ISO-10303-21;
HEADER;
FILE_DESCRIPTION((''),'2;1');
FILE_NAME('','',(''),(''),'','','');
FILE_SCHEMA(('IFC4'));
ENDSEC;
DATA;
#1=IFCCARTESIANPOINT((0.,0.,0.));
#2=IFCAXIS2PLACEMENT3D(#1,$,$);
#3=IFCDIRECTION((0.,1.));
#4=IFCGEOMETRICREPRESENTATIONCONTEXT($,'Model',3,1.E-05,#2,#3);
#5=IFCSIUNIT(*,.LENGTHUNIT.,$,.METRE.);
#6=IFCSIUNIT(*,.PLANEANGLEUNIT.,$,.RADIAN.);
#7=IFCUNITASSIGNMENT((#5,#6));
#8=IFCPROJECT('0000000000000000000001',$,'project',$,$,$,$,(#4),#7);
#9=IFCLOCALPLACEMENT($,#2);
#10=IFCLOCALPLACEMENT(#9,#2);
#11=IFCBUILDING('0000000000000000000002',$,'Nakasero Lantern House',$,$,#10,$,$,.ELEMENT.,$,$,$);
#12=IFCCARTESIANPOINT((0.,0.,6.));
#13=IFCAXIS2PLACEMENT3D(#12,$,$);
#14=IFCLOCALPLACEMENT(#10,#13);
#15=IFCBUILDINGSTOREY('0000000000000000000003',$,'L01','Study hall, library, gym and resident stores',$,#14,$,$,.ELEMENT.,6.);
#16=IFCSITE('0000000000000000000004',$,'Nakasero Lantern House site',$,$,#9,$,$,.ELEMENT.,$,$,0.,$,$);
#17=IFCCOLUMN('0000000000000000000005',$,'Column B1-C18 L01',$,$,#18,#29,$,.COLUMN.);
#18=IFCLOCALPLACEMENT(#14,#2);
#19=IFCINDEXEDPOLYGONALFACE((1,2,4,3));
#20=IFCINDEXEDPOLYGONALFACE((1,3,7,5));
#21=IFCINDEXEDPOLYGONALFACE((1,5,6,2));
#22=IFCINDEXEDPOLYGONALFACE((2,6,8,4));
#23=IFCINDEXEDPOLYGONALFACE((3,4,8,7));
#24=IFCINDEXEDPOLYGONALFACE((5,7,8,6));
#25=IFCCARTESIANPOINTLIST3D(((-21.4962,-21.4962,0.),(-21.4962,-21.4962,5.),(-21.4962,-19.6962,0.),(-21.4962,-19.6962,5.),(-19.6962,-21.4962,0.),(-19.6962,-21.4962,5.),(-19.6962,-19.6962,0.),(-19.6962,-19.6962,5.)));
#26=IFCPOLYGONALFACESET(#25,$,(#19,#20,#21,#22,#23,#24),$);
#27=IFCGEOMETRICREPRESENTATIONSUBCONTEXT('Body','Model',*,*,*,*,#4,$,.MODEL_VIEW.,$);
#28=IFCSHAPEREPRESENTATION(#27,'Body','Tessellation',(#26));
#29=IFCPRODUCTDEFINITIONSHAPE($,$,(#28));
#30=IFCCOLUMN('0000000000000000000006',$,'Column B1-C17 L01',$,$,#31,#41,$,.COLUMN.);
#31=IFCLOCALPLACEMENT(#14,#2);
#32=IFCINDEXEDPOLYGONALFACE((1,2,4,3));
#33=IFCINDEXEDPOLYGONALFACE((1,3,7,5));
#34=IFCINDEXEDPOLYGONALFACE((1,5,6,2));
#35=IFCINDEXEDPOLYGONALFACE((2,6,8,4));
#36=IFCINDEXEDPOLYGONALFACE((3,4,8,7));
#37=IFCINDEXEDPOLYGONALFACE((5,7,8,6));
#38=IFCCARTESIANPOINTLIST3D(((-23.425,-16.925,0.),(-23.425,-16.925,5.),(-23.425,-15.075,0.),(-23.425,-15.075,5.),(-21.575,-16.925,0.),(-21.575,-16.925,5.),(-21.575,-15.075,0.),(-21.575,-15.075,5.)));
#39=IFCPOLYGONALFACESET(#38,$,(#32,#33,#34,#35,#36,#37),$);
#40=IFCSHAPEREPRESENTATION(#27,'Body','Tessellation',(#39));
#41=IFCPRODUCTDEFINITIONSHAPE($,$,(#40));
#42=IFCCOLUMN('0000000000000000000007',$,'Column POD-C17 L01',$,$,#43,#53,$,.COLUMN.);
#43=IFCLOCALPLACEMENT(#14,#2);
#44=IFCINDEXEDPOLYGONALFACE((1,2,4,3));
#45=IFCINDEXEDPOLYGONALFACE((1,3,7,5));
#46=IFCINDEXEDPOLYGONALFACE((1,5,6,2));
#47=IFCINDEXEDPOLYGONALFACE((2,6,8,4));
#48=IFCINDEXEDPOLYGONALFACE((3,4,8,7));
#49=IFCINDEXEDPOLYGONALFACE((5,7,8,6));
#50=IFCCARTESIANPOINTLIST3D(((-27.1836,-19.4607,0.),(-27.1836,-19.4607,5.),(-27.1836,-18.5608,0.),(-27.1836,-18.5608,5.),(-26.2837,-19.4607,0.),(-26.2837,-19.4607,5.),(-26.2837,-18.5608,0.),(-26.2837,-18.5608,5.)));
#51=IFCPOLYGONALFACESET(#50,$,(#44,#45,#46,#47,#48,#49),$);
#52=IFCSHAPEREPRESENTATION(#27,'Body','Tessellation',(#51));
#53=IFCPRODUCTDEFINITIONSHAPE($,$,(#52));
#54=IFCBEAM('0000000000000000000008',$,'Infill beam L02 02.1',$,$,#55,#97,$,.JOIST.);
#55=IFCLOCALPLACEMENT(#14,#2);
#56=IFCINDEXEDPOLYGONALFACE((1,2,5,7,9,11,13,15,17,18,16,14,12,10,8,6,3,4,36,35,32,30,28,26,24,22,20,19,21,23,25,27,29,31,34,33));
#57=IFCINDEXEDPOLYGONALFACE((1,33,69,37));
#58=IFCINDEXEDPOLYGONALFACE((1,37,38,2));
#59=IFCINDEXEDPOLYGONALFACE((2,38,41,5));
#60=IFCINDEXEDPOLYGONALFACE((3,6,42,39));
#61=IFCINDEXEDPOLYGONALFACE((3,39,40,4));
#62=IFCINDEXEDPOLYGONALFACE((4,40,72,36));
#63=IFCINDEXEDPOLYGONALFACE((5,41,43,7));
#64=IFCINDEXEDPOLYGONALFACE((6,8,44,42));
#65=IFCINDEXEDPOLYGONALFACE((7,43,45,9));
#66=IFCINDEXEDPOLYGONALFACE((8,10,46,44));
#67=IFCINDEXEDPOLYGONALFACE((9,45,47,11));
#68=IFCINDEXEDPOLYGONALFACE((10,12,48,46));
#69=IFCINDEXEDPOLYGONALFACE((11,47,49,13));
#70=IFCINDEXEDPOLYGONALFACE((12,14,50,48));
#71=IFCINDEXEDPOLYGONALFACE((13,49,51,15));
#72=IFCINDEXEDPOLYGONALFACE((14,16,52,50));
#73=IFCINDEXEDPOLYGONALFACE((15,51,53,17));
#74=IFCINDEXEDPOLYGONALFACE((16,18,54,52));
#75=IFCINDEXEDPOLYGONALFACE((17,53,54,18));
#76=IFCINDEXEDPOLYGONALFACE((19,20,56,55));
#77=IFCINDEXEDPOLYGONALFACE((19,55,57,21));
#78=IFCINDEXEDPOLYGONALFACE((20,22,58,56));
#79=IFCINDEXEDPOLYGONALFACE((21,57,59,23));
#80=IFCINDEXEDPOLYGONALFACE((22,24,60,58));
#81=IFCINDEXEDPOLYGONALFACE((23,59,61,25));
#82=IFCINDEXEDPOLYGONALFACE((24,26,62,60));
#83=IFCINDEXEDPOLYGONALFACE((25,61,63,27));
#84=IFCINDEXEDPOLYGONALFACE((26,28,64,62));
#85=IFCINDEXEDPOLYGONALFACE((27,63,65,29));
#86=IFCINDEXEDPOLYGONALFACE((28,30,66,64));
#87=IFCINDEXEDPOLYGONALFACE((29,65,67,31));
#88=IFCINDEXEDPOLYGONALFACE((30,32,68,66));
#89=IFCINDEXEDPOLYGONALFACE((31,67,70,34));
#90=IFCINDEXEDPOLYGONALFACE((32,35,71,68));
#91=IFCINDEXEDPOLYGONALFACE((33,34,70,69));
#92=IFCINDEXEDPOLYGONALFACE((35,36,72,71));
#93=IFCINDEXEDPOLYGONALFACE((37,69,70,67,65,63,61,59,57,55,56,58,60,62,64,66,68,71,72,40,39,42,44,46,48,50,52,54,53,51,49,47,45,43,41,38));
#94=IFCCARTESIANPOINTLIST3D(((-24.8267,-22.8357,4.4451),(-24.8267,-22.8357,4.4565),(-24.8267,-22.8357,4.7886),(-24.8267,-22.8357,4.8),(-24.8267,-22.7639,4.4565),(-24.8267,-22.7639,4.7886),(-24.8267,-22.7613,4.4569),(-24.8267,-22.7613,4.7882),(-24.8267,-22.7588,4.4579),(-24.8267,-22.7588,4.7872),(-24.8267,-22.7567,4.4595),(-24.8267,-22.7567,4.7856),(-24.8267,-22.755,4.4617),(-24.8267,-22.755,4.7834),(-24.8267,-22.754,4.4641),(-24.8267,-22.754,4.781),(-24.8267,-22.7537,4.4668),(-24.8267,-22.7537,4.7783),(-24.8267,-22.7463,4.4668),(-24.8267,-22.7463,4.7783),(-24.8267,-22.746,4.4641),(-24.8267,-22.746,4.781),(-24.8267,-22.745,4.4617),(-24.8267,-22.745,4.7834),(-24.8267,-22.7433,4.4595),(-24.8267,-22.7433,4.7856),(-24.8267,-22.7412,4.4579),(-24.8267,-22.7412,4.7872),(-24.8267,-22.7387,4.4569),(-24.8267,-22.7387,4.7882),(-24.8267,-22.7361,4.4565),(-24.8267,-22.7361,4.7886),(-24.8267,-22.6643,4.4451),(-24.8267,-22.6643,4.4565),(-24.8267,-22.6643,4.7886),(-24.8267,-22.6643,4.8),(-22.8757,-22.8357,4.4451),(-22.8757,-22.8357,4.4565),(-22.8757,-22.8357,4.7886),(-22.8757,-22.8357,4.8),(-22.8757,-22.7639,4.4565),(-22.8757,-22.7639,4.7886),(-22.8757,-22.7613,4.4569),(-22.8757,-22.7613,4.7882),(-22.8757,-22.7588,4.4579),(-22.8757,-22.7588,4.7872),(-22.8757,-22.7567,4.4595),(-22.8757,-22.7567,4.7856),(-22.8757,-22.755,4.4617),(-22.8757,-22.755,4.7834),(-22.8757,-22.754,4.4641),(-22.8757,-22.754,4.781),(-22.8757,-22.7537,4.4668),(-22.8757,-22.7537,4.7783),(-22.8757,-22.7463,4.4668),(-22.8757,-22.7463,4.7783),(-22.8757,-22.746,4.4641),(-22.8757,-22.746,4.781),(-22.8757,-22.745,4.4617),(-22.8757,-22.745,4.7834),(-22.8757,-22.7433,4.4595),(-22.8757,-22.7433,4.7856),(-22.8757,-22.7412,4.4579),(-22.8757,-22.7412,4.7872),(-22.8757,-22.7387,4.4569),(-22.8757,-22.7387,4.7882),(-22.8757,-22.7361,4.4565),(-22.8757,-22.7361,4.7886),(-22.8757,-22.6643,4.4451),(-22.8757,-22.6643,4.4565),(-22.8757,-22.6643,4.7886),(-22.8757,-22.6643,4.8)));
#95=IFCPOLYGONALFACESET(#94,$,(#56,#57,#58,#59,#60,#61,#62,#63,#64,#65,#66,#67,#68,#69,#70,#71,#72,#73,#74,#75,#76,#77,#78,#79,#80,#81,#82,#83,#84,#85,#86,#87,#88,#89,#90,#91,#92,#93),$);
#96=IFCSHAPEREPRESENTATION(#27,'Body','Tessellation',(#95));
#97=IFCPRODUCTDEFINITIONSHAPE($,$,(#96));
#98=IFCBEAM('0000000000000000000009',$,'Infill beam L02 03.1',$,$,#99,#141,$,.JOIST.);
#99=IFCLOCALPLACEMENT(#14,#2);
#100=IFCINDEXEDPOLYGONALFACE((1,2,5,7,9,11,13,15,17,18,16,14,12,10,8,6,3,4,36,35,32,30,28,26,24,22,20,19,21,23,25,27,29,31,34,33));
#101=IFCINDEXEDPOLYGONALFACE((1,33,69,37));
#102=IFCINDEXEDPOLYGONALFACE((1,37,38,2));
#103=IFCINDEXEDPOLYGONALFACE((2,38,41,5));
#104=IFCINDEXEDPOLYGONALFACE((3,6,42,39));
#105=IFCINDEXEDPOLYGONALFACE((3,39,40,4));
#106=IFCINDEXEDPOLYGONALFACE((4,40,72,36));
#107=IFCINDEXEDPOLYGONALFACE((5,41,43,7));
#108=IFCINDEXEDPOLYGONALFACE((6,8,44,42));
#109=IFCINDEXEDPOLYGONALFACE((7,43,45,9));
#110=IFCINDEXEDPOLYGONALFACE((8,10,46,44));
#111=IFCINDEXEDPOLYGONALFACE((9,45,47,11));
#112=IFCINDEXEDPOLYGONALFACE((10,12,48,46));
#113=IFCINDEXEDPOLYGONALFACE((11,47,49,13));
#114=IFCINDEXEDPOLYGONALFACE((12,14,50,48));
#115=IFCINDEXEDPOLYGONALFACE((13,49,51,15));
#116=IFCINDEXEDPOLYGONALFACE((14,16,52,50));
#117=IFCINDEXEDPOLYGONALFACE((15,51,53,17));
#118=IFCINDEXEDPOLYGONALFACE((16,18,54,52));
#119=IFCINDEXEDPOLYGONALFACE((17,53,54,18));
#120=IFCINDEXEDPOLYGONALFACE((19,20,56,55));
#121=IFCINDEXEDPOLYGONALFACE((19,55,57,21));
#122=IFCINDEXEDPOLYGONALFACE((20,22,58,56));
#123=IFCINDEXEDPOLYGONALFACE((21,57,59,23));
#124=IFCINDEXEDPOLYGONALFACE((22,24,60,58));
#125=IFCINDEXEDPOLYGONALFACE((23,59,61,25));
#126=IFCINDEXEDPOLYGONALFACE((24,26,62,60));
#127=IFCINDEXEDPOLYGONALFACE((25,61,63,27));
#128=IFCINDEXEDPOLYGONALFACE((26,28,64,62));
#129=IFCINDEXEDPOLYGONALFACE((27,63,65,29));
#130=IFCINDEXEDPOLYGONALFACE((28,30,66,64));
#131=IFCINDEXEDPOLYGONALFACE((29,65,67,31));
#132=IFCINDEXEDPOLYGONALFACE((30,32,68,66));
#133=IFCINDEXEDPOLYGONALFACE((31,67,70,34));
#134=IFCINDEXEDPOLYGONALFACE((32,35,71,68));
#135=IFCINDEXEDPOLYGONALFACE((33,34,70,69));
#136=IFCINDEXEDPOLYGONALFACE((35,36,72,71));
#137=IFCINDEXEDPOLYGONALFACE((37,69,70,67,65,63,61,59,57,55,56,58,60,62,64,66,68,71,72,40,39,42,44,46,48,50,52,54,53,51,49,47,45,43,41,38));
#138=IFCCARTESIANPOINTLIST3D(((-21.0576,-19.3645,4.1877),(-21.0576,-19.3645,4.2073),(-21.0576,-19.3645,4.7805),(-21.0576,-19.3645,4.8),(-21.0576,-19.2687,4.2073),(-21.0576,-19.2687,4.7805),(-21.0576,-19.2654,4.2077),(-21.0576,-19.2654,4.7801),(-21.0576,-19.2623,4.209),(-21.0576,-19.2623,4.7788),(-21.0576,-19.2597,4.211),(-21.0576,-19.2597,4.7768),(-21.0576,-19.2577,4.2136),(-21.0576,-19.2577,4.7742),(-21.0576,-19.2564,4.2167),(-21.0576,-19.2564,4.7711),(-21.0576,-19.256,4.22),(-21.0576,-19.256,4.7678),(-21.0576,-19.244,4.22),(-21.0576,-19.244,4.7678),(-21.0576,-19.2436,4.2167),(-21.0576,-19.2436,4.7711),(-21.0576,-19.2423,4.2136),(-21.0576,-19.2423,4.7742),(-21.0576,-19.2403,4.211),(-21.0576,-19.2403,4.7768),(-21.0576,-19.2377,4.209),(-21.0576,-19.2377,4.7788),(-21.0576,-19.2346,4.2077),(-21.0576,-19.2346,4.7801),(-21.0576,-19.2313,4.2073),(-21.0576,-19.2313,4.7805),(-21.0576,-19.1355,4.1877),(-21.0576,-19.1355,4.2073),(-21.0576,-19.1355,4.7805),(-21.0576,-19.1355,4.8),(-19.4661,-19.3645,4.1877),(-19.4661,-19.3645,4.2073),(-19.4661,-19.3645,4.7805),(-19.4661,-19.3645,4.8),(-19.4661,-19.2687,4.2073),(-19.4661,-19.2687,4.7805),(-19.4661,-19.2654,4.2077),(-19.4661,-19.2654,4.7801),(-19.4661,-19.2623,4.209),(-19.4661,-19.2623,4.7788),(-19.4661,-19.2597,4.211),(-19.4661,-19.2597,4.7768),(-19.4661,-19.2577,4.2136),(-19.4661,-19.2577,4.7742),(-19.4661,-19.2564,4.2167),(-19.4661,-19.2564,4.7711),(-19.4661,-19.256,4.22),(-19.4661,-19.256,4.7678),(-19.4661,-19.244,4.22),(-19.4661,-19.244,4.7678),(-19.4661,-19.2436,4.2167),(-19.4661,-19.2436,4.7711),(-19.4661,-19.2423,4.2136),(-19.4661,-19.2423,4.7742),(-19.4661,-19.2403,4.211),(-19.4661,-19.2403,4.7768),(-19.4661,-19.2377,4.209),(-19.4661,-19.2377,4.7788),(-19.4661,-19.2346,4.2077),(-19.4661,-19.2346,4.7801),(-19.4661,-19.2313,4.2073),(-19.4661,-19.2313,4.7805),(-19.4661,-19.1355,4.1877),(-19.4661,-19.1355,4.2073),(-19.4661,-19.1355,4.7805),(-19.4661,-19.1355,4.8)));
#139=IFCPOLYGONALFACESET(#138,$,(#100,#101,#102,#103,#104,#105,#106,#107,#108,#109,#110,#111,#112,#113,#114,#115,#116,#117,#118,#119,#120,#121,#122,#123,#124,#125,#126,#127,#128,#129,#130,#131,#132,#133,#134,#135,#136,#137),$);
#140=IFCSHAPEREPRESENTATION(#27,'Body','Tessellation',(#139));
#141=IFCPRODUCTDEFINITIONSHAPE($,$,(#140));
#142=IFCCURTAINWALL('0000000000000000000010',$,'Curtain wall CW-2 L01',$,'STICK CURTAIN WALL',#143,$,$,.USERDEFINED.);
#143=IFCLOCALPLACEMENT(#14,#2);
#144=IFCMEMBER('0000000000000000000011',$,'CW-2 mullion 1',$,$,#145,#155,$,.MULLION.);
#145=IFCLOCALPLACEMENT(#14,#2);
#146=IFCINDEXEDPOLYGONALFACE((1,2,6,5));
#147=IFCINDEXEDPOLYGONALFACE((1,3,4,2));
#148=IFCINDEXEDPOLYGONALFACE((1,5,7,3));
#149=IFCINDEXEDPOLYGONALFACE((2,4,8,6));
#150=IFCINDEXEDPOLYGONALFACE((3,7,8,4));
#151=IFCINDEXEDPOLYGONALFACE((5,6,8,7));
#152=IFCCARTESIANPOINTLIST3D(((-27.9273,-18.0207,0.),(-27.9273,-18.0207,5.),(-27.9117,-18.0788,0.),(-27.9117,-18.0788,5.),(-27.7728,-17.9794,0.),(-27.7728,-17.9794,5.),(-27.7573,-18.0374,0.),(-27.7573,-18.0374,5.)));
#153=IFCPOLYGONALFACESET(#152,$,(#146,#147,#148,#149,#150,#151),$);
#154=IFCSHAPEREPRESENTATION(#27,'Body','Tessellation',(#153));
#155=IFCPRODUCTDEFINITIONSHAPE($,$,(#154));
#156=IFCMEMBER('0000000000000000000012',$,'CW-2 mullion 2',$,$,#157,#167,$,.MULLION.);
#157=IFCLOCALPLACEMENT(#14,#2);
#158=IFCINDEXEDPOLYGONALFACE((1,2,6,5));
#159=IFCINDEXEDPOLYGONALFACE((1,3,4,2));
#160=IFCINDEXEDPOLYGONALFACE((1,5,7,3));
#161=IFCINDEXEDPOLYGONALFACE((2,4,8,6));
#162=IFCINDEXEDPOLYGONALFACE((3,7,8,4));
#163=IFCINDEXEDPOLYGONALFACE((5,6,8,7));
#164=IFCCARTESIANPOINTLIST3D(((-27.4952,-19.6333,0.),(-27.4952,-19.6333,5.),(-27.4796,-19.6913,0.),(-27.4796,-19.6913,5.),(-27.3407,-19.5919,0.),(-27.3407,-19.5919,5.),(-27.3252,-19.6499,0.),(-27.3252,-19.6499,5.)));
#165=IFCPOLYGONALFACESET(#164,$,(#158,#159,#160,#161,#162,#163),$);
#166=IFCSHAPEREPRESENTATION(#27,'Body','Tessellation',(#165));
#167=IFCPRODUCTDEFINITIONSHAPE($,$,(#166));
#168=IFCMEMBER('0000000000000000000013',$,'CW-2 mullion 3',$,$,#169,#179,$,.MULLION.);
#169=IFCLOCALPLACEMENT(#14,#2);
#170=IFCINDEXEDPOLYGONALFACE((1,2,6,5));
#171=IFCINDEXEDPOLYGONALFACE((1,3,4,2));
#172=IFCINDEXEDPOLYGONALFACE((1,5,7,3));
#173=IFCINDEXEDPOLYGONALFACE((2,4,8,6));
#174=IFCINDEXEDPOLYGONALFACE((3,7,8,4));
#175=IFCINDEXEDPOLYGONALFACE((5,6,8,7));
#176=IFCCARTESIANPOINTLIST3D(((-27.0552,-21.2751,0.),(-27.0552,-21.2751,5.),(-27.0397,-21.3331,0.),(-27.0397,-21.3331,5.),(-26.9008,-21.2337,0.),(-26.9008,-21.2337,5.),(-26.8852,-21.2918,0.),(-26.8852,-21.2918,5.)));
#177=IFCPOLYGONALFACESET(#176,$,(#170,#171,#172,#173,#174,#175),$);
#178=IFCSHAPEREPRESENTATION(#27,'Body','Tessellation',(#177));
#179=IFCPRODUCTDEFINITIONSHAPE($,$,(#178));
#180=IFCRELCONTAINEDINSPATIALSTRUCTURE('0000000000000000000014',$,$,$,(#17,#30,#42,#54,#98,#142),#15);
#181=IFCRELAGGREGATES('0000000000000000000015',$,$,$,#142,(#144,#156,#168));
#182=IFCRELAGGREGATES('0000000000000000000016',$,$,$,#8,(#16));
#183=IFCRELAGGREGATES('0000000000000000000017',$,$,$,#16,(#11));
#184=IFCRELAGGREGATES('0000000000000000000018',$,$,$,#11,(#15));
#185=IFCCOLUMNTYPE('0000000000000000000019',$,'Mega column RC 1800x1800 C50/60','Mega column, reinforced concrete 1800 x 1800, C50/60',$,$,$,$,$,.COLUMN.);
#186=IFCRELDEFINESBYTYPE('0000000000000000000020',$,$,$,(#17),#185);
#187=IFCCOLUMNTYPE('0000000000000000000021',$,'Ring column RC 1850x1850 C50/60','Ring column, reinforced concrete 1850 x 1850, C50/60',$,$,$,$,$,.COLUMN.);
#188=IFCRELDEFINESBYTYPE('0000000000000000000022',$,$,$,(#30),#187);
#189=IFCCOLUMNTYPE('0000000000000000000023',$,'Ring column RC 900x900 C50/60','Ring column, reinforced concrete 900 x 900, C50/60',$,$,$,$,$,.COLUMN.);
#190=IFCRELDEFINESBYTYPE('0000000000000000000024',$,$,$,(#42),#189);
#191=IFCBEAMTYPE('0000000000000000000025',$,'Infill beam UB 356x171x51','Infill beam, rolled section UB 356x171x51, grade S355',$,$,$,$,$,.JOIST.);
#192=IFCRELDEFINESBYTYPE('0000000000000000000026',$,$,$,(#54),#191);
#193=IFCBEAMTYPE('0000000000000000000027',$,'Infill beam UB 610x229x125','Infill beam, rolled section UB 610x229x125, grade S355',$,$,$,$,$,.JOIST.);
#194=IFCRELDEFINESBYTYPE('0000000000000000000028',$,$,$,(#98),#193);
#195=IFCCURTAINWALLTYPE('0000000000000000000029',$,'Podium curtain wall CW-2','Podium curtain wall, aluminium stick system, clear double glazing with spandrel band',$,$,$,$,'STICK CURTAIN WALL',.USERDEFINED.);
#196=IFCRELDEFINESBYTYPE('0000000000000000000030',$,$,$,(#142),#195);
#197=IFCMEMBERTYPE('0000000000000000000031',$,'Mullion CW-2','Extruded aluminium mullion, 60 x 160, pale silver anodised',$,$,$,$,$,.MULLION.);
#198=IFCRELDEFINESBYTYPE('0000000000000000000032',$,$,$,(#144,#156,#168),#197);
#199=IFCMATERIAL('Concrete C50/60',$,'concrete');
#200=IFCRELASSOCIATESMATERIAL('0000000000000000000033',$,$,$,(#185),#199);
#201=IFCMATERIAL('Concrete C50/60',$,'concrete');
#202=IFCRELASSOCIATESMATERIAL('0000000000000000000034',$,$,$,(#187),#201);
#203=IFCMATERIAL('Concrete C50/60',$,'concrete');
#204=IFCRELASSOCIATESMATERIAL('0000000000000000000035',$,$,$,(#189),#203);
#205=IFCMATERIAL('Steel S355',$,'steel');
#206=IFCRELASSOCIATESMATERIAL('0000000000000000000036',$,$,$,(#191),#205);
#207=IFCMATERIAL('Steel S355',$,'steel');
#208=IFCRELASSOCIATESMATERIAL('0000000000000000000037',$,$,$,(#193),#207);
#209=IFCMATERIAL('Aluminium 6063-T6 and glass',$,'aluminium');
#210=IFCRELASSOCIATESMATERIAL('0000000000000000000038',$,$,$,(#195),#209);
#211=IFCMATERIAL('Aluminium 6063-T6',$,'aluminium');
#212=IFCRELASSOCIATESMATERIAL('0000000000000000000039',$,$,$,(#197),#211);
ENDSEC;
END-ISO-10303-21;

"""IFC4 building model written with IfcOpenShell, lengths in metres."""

from ifc_helpers import new_model, si_unit, direction, frame, origin, origin_2d, place, context, subcontext, project, spatial, rectangle, i_section, extrude, material, material_profile, profile_set, type_object, element, aggregate, save


model = new_model("IFC4")

# Units and contexts
model_context = context("Model", 3, precision=1e-05, world=origin(), true_north=direction((0.0, 1.0)))
body_context = subcontext(model_context, "Body", "Model", "MODEL_VIEW")
ifc_project = project(units=[si_unit("LENGTHUNIT", "METRE"), si_unit("PLANEANGLEUNIT", "RADIAN")], contexts=[model_context])

# Site, building, storey
site_placement = place(None, origin())
site = spatial("IfcSite", under=ifc_project, at=site_placement, Name="Nakasero Lantern House site", CompositionType="ELEMENT", RefElevation=0.0)
building_placement = place(site_placement, origin())
building = spatial("IfcBuilding", under=site, at=building_placement, Name="Nakasero Lantern House", CompositionType="ELEMENT")
storey_placement = place(building_placement, frame((0.0, 0.0, 6.0)))
storey = spatial("IfcBuildingStorey", under=building, at=storey_placement, Name="L01", Description="Study hall, library, gym and resident stores", CompositionType="ELEMENT", Elevation=6.0)

# Columns
ifc_material_1 = material(Name="Concrete C50/60", Category="concrete")
ifc_material_profile_1 = material_profile(ifc_material_1, rectangle(XDim=1.8, YDim=1.8, at=origin_2d()), Name="RC 1800x1800")
ifc_profile_set_1 = profile_set([ifc_material_profile_1], Name="Concrete C50/60")
column_type_1 = type_object("IfcColumnType", Name="Mega column RC 1800x1800 C50/60", Description="Mega column, reinforced concrete 1800 x 1800, C50/60", PredefinedType="COLUMN", material=ifc_profile_set_1)
column_1_placement = place(storey_placement, frame((-20.5962, -20.5962, 0.0), z_axis=(0.0, 0.0, 1.0), x_axis=(1.0, 0.0, 0.0)))
element("IfcColumn", 1, at=column_1_placement, inside=storey, type_object=column_type_1, Name="Column B1-C18 L01", PredefinedType="COLUMN", context=body_context, shape_type="SweptSolid", body=[
    extrude(rectangle(XDim=1.8, YDim=1.8, at=origin_2d()), origin(), (0.0, 0.0, 1.0), 5.0),
])
ifc_material_2 = material(Name="Concrete C50/60", Category="concrete")
ifc_material_profile_2 = material_profile(ifc_material_2, rectangle(XDim=1.8501, YDim=1.8501, at=origin_2d()), Name="RC 1850x1850")
ifc_profile_set_2 = profile_set([ifc_material_profile_2], Name="Concrete C50/60")
column_type_2 = type_object("IfcColumnType", Name="Ring column RC 1850x1850 C50/60", Description="Ring column, reinforced concrete 1850 x 1850, C50/60", PredefinedType="COLUMN", material=ifc_profile_set_2)
column_2_placement = place(storey_placement, frame((-22.5, -16.0, 0.0), z_axis=(0.0, 0.0, 1.0), x_axis=(1.0, 0.0, 0.0)))
element("IfcColumn", 2, at=column_2_placement, inside=storey, type_object=column_type_2, Name="Column B1-C17 L01", PredefinedType="COLUMN", context=body_context, shape_type="SweptSolid", body=[
    extrude(rectangle(XDim=1.8501, YDim=1.8501, at=origin_2d()), origin(), (0.0, 0.0, 1.0), 5.0),
])
ifc_material_3 = material(Name="Concrete C50/60", Category="concrete")
ifc_material_profile_3 = material_profile(ifc_material_3, rectangle(XDim=0.8999, YDim=0.8999, at=origin_2d()), Name="RC 900x900")
ifc_profile_set_3 = profile_set([ifc_material_profile_3], Name="Concrete C50/60")
column_type_3 = type_object("IfcColumnType", Name="Ring column RC 900x900 C50/60", Description="Ring column, reinforced concrete 900 x 900, C50/60", PredefinedType="COLUMN", material=ifc_profile_set_3)
column_3_placement = place(storey_placement, frame((-26.7336, -19.0107, 0.0), z_axis=(0.0, 0.0, 1.0), x_axis=(1.0, 0.0, 0.0)))
element("IfcColumn", 3, at=column_3_placement, inside=storey, type_object=column_type_3, Name="Column POD-C17 L01", PredefinedType="COLUMN", context=body_context, shape_type="SweptSolid", body=[
    extrude(rectangle(XDim=0.8999, YDim=0.8999, at=origin_2d()), origin(), (0.0, 0.0, 1.0), 5.0),
])

# Beams
ifc_material_4 = material(Name="Steel S355", Category="steel")
ifc_material_profile_4 = material_profile(ifc_material_4, i_section(OverallWidth=0.1714, OverallDepth=0.355, WebThickness=0.0073, FlangeThickness=0.0115, FilletRadius=0.0103, at=origin_2d()), Name="UB 356x171x51")
ifc_profile_set_4 = profile_set([ifc_material_profile_4], Name="Steel S355")
beam_type_1 = type_object("IfcBeamType", Name="Infill beam UB 356x171x51", Description="Infill beam, rolled section UB 356x171x51, grade S355", PredefinedType="JOIST", material=ifc_profile_set_4)
beam_1_placement = place(storey_placement, frame((-24.8267, -22.75, 4.6226), z_axis=(1.0, 0.0, 0.0), x_axis=(0.0, 1.0, 0.0)))
element("IfcBeam", 4, at=beam_1_placement, inside=storey, type_object=beam_type_1, Name="Infill beam L02 02.1", PredefinedType="JOIST", context=body_context, shape_type="SweptSolid", body=[
    extrude(i_section(OverallWidth=0.1714, OverallDepth=0.355, WebThickness=0.0073, FlangeThickness=0.0115, FilletRadius=0.0103, at=origin_2d()), origin(), (0.0, 0.0, 1.0), 1.9509),
])
ifc_material_5 = material(Name="Steel S355", Category="steel")
ifc_material_profile_5 = material_profile(ifc_material_5, i_section(OverallWidth=0.229, OverallDepth=0.6123, WebThickness=0.012, FlangeThickness=0.0195, FilletRadius=0.0127, at=origin_2d()), Name="UB 610x229x125")
ifc_profile_set_5 = profile_set([ifc_material_profile_5], Name="Steel S355")
beam_type_2 = type_object("IfcBeamType", Name="Infill beam UB 610x229x125", Description="Infill beam, rolled section UB 610x229x125, grade S355", PredefinedType="JOIST", material=ifc_profile_set_5)
beam_2_placement = place(storey_placement, frame((-21.0576, -19.25, 4.4939), z_axis=(1.0, 0.0, 0.0), x_axis=(0.0, 1.0, 0.0)))
element("IfcBeam", 5, at=beam_2_placement, inside=storey, type_object=beam_type_2, Name="Infill beam L02 03.1", PredefinedType="JOIST", context=body_context, shape_type="SweptSolid", body=[
    extrude(i_section(OverallWidth=0.229, OverallDepth=0.6123, WebThickness=0.012, FlangeThickness=0.0195, FilletRadius=0.0127, at=origin_2d()), origin(), (0.0, 0.0, 1.0), 1.5916),
])

# Curtain wall, members
ifc_material_6 = material(Name="Aluminium 6063-T6 and glass", Category="aluminium")
curtain_wall_type = type_object("IfcCurtainWallType", Name="Podium curtain wall CW-2", Description="Podium curtain wall, aluminium stick system, clear double glazing with spandrel band", ElementType="STICK CURTAIN WALL", PredefinedType="USERDEFINED", material=ifc_material_6)
curtain_wall_placement = place(storey_placement, origin())
curtain_wall = element("IfcCurtainWall", 6, at=curtain_wall_placement, inside=storey, type_object=curtain_wall_type, Name="Curtain wall CW-2 L01", ObjectType="STICK CURTAIN WALL", PredefinedType="USERDEFINED")
ifc_material_7 = material(Name="Aluminium 6063-T6", Category="aluminium")
ifc_material_profile_6 = material_profile(ifc_material_7, rectangle(XDim=0.0601, YDim=0.1599, at=origin_2d()), Name="CW-2 mullion 60x160")
ifc_profile_set_6 = profile_set([ifc_material_profile_6], Name="Aluminium 6063-T6")
member_type_1 = type_object("IfcMemberType", Name="Mullion CW-2", Description="Extruded aluminium mullion, 60 x 160, pale silver anodised", PredefinedType="MULLION", material=ifc_profile_set_6)
member_1_placement = place(storey_placement, frame((-27.8423, -18.0291, 0.0), z_axis=(0.0, 0.0, 1.0), x_axis=(0.258819, -0.965926, 0.0)))
member_1 = element("IfcMember", 7, at=member_1_placement, type_object=member_type_1, Name="CW-2 mullion 1", PredefinedType="MULLION", context=body_context, shape_type="SweptSolid", body=[
    extrude(rectangle(XDim=0.0601, YDim=0.1599, at=origin_2d()), origin(), (0.0, 0.0, 1.0), 5.0),
])
member_2_placement = place(storey_placement, frame((-27.4102, -19.6416, 0.0), z_axis=(0.0, 0.0, 1.0), x_axis=(0.258819, -0.965926, 0.0)))
member_2 = element("IfcMember", 8, at=member_2_placement, type_object=member_type_1, Name="CW-2 mullion 2", PredefinedType="MULLION", context=body_context, shape_type="SweptSolid", body=[
    extrude(rectangle(XDim=0.0601, YDim=0.1599, at=origin_2d()), origin(), (0.0, 0.0, 1.0), 5.0),
])
member_3_placement = place(storey_placement, frame((-26.9702, -21.2834, 0.0), z_axis=(0.0, 0.0, 1.0), x_axis=(0.258819, -0.965926, 0.0)))
member_3 = element("IfcMember", 9, at=member_3_placement, type_object=member_type_1, Name="CW-2 mullion 3", PredefinedType="MULLION", context=body_context, shape_type="SweptSolid", body=[
    extrude(rectangle(XDim=0.0601, YDim=0.1599, at=origin_2d()), origin(), (0.0, 0.0, 1.0), 5.0),
])

aggregate(curtain_wall, [member_1, member_2, member_3])

save(model, "model.ifc")
